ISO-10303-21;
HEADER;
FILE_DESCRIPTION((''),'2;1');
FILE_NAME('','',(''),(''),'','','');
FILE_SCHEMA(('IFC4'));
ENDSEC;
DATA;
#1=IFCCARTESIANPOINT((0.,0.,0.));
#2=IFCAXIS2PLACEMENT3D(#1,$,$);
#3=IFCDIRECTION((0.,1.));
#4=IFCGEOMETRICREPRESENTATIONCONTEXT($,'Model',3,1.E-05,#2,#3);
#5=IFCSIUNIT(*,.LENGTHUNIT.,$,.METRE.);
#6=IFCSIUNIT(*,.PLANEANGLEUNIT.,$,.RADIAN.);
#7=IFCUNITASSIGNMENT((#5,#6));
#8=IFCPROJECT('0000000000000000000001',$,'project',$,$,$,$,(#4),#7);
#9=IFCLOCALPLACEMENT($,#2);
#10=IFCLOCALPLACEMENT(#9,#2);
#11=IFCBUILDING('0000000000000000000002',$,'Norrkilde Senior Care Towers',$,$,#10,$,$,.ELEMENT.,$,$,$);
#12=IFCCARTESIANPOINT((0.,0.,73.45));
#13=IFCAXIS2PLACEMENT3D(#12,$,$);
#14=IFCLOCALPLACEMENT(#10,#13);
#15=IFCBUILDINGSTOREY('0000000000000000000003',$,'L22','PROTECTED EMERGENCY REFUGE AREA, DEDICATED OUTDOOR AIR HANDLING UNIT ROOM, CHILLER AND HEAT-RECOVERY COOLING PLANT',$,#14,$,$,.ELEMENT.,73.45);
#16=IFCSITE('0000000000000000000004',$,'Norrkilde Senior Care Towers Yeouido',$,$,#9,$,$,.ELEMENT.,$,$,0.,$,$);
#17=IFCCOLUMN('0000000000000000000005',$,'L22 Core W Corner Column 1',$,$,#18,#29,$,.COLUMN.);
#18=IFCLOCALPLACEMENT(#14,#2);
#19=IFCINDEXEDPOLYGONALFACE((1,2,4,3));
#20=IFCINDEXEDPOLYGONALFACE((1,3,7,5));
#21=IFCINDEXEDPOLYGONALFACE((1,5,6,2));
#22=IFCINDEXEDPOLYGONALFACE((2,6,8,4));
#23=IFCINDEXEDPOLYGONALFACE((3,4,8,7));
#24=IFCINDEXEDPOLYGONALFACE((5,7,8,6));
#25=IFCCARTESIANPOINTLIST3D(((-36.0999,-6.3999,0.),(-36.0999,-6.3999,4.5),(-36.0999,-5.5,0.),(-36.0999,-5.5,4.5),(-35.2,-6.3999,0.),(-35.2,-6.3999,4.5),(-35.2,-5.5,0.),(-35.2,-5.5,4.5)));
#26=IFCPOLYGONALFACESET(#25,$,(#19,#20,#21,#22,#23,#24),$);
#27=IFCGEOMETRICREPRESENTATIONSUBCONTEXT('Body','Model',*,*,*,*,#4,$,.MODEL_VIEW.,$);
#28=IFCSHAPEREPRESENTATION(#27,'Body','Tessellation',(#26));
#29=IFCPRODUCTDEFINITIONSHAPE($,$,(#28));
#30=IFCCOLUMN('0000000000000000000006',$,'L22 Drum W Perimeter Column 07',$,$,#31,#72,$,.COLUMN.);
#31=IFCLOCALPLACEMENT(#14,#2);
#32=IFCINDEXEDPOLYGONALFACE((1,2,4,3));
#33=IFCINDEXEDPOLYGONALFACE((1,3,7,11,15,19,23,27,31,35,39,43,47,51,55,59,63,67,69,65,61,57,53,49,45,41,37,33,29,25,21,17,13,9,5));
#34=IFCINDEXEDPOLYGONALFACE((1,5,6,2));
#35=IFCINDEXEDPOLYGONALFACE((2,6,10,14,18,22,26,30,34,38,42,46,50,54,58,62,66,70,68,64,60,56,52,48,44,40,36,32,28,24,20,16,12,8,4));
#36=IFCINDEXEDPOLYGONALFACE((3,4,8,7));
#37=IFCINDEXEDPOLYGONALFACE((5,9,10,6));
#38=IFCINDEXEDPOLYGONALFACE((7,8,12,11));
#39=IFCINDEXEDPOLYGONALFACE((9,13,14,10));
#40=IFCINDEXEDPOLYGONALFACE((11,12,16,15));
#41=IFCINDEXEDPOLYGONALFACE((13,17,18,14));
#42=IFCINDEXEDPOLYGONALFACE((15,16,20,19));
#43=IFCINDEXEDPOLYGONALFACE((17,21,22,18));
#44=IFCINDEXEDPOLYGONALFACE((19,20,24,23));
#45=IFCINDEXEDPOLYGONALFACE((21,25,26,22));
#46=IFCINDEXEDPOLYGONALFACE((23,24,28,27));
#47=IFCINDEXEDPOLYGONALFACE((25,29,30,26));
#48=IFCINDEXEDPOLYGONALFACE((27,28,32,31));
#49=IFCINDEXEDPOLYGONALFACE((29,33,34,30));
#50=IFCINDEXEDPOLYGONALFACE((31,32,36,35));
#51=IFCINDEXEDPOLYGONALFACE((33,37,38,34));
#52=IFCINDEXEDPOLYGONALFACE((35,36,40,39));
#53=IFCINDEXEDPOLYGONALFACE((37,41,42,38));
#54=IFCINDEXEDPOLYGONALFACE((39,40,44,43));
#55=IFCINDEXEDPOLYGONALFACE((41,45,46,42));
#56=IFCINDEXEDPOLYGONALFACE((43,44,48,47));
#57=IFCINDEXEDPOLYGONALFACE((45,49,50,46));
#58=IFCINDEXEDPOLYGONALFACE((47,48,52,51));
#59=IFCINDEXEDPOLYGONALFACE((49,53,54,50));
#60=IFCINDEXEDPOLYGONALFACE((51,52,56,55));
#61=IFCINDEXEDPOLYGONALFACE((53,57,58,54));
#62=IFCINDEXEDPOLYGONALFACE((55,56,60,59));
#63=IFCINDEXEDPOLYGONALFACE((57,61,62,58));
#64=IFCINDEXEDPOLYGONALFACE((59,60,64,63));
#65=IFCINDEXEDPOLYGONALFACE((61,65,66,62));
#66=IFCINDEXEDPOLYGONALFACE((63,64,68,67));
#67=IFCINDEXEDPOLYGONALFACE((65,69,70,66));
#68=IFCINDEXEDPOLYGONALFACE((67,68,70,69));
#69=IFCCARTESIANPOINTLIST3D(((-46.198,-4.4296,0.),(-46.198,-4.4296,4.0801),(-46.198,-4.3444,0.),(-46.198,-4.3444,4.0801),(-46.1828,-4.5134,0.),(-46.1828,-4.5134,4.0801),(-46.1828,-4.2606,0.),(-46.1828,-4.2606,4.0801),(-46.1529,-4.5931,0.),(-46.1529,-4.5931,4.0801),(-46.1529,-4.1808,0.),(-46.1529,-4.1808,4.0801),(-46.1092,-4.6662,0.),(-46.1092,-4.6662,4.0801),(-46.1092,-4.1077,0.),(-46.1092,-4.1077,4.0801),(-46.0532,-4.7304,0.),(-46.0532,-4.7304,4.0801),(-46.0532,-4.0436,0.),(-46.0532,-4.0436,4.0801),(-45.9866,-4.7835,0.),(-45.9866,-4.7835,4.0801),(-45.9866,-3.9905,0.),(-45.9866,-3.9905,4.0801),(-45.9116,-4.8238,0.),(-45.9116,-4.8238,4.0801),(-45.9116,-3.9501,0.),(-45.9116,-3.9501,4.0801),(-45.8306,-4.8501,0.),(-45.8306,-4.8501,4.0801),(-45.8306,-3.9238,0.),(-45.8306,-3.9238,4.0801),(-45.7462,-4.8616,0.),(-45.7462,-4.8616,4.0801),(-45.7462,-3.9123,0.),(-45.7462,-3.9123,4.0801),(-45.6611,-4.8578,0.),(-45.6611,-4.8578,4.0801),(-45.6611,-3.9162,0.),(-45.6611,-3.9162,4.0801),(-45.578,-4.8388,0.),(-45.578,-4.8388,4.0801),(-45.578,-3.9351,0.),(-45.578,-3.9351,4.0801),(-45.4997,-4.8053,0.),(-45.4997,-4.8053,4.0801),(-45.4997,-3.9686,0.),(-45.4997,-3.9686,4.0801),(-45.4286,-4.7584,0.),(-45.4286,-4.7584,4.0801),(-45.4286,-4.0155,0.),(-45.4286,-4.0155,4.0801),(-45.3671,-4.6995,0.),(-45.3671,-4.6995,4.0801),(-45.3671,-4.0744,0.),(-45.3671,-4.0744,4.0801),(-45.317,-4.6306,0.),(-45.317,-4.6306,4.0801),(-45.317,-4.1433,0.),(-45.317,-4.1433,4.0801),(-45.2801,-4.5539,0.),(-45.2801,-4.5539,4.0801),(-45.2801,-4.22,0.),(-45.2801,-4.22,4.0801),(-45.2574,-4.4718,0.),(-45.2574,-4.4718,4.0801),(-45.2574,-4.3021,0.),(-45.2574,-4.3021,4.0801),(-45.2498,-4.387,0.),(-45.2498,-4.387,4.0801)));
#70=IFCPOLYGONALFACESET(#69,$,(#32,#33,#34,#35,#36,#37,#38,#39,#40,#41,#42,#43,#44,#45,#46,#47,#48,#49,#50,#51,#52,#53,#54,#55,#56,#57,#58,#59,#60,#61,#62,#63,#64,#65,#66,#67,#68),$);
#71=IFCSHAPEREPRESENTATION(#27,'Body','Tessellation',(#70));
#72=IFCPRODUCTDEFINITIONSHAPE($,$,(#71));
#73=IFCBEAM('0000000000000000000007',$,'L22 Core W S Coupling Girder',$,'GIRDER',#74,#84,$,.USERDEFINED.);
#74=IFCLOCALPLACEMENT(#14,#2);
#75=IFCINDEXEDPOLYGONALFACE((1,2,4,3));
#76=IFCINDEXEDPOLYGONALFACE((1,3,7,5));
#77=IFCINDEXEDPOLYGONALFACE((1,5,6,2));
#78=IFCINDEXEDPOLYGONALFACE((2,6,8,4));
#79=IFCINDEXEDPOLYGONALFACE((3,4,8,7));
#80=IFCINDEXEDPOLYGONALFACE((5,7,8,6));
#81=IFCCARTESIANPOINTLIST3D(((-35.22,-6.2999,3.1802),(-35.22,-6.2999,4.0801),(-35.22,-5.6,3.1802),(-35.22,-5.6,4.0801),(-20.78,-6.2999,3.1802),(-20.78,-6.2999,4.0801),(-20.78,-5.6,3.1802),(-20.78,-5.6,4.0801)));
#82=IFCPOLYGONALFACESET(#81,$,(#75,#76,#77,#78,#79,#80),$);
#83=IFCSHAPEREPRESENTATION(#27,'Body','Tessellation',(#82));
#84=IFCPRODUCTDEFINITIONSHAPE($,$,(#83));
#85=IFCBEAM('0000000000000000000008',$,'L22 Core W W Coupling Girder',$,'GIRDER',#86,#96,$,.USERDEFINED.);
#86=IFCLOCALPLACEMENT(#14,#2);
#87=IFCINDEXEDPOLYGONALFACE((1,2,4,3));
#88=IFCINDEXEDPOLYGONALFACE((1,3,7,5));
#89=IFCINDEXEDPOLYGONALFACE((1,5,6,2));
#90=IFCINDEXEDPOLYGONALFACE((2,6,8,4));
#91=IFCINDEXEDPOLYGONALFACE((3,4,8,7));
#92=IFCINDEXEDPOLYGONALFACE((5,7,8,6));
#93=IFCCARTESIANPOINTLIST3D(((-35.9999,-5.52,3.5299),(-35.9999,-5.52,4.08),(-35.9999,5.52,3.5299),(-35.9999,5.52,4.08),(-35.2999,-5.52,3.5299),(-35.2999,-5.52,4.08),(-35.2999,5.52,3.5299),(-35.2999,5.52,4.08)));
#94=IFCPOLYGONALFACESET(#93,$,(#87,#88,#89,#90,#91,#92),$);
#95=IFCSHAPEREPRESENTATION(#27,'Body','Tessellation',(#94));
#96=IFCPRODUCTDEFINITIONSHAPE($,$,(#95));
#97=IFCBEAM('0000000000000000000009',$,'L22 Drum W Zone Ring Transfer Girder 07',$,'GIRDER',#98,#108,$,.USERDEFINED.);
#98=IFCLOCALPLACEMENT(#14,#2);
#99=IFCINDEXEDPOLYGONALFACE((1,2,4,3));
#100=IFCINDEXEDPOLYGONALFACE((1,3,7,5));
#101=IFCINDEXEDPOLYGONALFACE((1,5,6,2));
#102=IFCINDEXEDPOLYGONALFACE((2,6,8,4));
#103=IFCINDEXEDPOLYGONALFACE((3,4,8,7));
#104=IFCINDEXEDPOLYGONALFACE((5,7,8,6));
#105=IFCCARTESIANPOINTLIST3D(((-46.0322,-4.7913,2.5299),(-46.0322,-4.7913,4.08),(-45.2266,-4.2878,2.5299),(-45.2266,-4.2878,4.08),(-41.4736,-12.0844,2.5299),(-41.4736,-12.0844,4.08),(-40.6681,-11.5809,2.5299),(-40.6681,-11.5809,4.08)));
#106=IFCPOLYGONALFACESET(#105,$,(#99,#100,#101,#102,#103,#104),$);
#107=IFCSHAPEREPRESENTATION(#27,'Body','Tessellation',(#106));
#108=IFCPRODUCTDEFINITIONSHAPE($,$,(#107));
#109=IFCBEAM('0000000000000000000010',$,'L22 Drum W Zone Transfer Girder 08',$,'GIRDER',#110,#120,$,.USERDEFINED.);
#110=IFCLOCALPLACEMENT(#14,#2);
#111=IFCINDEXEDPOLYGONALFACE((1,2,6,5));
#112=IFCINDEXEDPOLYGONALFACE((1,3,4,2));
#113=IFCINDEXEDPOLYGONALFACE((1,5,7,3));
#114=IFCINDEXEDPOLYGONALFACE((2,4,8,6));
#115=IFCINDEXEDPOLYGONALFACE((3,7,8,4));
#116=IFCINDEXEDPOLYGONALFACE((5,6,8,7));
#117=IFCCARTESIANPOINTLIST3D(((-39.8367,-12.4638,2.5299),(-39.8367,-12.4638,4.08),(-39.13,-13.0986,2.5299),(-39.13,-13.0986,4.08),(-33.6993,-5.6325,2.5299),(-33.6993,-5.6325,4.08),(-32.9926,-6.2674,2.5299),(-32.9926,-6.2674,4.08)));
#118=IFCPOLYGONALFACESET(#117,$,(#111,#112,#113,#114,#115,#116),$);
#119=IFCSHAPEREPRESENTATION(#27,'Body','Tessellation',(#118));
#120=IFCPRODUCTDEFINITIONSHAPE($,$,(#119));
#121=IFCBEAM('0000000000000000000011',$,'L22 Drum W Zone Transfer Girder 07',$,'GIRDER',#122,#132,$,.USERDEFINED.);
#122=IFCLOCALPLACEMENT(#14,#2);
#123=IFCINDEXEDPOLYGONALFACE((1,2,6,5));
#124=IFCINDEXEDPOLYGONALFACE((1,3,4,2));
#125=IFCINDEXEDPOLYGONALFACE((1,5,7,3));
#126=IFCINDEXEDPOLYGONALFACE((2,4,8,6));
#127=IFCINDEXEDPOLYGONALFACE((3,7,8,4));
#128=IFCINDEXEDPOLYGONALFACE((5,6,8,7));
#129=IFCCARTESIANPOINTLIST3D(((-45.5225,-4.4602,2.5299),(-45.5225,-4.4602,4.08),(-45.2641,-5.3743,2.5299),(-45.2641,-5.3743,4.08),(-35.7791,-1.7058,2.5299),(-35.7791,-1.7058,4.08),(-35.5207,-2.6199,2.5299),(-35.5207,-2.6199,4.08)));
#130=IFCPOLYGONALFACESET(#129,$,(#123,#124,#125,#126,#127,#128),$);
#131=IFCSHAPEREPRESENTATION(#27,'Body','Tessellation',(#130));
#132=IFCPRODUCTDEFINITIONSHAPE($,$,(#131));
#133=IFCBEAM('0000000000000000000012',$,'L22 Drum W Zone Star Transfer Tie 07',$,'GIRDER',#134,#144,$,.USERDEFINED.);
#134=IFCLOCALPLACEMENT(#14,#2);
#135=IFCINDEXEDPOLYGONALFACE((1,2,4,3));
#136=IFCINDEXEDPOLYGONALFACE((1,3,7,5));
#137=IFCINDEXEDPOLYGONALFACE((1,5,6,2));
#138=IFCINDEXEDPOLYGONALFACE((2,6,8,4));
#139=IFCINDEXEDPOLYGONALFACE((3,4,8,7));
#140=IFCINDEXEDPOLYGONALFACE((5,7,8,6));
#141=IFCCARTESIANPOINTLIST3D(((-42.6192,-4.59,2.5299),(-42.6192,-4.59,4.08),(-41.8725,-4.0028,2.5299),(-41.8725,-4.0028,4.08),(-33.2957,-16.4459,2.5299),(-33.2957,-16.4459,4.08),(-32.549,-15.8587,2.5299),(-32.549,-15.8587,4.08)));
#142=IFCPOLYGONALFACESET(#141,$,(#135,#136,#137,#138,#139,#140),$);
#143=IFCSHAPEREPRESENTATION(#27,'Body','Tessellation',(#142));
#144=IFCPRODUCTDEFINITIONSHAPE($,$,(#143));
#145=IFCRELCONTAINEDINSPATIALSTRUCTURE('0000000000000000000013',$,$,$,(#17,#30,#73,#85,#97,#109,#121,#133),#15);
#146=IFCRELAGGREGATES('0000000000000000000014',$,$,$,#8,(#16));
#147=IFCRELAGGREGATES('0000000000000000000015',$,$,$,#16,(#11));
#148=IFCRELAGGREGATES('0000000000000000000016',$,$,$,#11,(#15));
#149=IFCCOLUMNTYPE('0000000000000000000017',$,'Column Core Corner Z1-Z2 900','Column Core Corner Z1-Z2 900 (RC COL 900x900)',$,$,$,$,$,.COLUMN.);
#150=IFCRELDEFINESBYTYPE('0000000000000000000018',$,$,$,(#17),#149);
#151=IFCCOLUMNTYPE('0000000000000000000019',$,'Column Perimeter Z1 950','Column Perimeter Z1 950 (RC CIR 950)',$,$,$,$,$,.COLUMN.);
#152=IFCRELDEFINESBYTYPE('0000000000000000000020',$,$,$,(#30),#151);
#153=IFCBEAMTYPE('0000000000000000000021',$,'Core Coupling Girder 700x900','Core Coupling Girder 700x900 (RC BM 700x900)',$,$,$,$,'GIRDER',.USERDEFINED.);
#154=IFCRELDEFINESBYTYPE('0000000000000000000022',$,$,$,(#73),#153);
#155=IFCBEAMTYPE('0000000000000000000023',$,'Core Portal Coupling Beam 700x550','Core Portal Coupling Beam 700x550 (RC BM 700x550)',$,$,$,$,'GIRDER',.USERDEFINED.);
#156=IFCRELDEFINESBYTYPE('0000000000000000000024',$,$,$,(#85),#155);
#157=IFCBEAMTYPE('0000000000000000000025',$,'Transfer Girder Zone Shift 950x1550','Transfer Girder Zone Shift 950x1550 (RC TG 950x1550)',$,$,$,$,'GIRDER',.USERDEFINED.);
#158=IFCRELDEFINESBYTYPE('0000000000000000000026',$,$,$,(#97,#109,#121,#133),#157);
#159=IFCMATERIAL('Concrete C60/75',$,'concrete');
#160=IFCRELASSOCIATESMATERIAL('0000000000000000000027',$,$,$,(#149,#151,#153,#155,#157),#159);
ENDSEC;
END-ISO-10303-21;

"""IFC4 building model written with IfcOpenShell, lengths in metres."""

from ifc_helpers import new_model, si_unit, direction, frame, origin, origin_2d, place, context, subcontext, project, spatial, rectangle, circle, extrude, source, transform, mapped, material, material_profile, profile_set, type_object, type_shapes, element, save


model = new_model("IFC4")

# Units and contexts
model_context = context("Model", 3, precision=1e-05, world=origin(), true_north=direction((0.0, 1.0)))
body_context = subcontext(model_context, "Body", "Model", "MODEL_VIEW")
ifc_project = project(units=[si_unit("LENGTHUNIT", "METRE"), si_unit("PLANEANGLEUNIT", "RADIAN")], contexts=[model_context])

# Site, building, storey
site_placement = place(None, origin())
site = spatial("IfcSite", under=ifc_project, at=site_placement, Name="Norrkilde Senior Care Towers Yeouido", CompositionType="ELEMENT", RefElevation=0.0)
building_placement = place(site_placement, origin())
building = spatial("IfcBuilding", under=site, at=building_placement, Name="Norrkilde Senior Care Towers", CompositionType="ELEMENT")
storey_placement = place(building_placement, frame((0.0, 0.0, 73.45)))
storey = spatial("IfcBuildingStorey", under=building, at=storey_placement, Name="L22", Description="PROTECTED EMERGENCY REFUGE AREA, DEDICATED OUTDOOR AIR HANDLING UNIT ROOM, CHILLER AND HEAT-RECOVERY COOLING PLANT", CompositionType="ELEMENT", Elevation=73.45)

# Columns
ifc_material_1 = material(Name="Concrete C60/75", Category="concrete")
ifc_material_profile_1 = material_profile(ifc_material_1, rectangle(XDim=0.8999, YDim=0.8999, at=origin_2d()), Name="RC COL 900x900")
ifc_profile_set_1 = profile_set([ifc_material_profile_1], Name="Concrete C60/75")
column_type_1 = type_object("IfcColumnType", Name="Column Core Corner Z1-Z2 900", Description="Column Core Corner Z1-Z2 900 (RC COL 900x900)", PredefinedType="COLUMN", material=ifc_profile_set_1)
shared_shape_1 = source(origin(), body_context, "Body", "SweptSolid", [
    extrude(rectangle(XDim=0.8999, YDim=0.8999, at=origin_2d()), origin(), (0.0, 0.0, 1.0), 4.5),
])
type_shapes(column_type_1, [shared_shape_1])
column_1_placement = place(storey_placement, frame((-35.6499, -5.95, 0.0), z_axis=(0.0, 0.0, 1.0), x_axis=(1.0, 0.0, 0.0)))
element("IfcColumn", 1, at=column_1_placement, inside=storey, type_object=column_type_1, Name="L22 Core W Corner Column 1", PredefinedType="COLUMN", context=body_context, shape_type="MappedRepresentation", body=[
    mapped(shared_shape_1, transform((0.0, 0.0, 0.0), x_axis=(1.0, 0.0, 0.0), y_axis=(0.0, 1.0, 0.0), z_axis=(0.0, 0.0, 1.0), scale=1.0)),
])
ifc_material_profile_2 = material_profile(ifc_material_1, circle(Radius=0.4751, at=origin_2d()), Name="RC CIR 950")
ifc_profile_set_2 = profile_set([ifc_material_profile_2], Name="Concrete C60/75")
column_type_2 = type_object("IfcColumnType", Name="Column Perimeter Z1 950", Description="Column Perimeter Z1 950 (RC CIR 950)", PredefinedType="COLUMN", material=ifc_profile_set_2)
shared_shape_2 = source(origin(), body_context, "Body", "SweptSolid", [
    extrude(circle(Radius=0.4751, at=origin_2d()), origin(), (0.0, 0.0, 1.0), 4.0801),
])
type_shapes(column_type_2, [shared_shape_2])
column_2_placement = place(storey_placement, frame((-45.7249, -4.387, 0.0), z_axis=(0.0, 0.0, 1.0), x_axis=(1.0, 0.0, 0.0)))
element("IfcColumn", 2, at=column_2_placement, inside=storey, type_object=column_type_2, Name="L22 Drum W Perimeter Column 07", PredefinedType="COLUMN", context=body_context, shape_type="MappedRepresentation", body=[
    mapped(shared_shape_2, transform((0.0, 0.0, 0.0), x_axis=(1.0, 0.0, 0.0), y_axis=(0.0, 1.0, 0.0), z_axis=(0.0, 0.0, 1.0), scale=1.0)),
])

# Beams
ifc_material_profile_3 = material_profile(ifc_material_1, rectangle(XDim=0.7, YDim=0.8999, at=origin_2d()), Name="RC BM 700x900")
ifc_profile_set_3 = profile_set([ifc_material_profile_3], Name="Concrete C60/75")
beam_type_1 = type_object("IfcBeamType", Name="Core Coupling Girder 700x900", Description="Core Coupling Girder 700x900 (RC BM 700x900)", ElementType="GIRDER", PredefinedType="USERDEFINED", material=ifc_profile_set_3)
shared_shape_3 = source(origin(), body_context, "Body", "SweptSolid", [
    extrude(rectangle(XDim=0.7, YDim=0.8999, at=origin_2d()), origin(), (0.0, 0.0, 1.0), 14.4399),
])
type_shapes(beam_type_1, [shared_shape_3])
beam_1_placement = place(storey_placement, frame((-35.22, -5.95, 3.6301), z_axis=(1.0, 0.0, 0.0), x_axis=(0.0, 1.0, 0.0)))
element("IfcBeam", 3, at=beam_1_placement, inside=storey, type_object=beam_type_1, Name="L22 Core W S Coupling Girder", ObjectType="GIRDER", PredefinedType="USERDEFINED", context=body_context, shape_type="MappedRepresentation", body=[
    mapped(shared_shape_3, transform((0.0, 0.0, 0.0), x_axis=(1.0, 0.0, 0.0), y_axis=(0.0, 1.0, 0.0), z_axis=(0.0, 0.0, 1.0), scale=1.0)),
])
ifc_material_profile_4 = material_profile(ifc_material_1, rectangle(XDim=0.7, YDim=0.55, at=origin_2d()), Name="RC BM 700x550")
ifc_profile_set_4 = profile_set([ifc_material_profile_4], Name="Concrete C60/75")
beam_type_2 = type_object("IfcBeamType", Name="Core Portal Coupling Beam 700x550", Description="Core Portal Coupling Beam 700x550 (RC BM 700x550)", ElementType="GIRDER", PredefinedType="USERDEFINED", material=ifc_profile_set_4)
shared_shape_4 = source(origin(), body_context, "Body", "SweptSolid", [
    extrude(rectangle(XDim=0.7, YDim=0.55, at=origin_2d()), origin(), (0.0, 0.0, 1.0), 11.04),
])
type_shapes(beam_type_2, [shared_shape_4])
beam_2_placement = place(storey_placement, frame((-35.6499, -5.52, 3.8049), z_axis=(0.0, 1.0, 0.0), x_axis=(-1.0, 0.0, 0.0)))
element("IfcBeam", 4, at=beam_2_placement, inside=storey, type_object=beam_type_2, Name="L22 Core W W Coupling Girder", ObjectType="GIRDER", PredefinedType="USERDEFINED", context=body_context, shape_type="MappedRepresentation", body=[
    mapped(shared_shape_4, transform((0.0, 0.0, 0.0), x_axis=(1.0, 0.0, 0.0), y_axis=(0.0, 1.0, 0.0), z_axis=(0.0, 0.0, 1.0), scale=1.0)),
])
ifc_material_profile_5 = material_profile(ifc_material_1, rectangle(XDim=0.95, YDim=1.55, at=origin_2d()), Name="RC TG 950x1550")
ifc_profile_set_5 = profile_set([ifc_material_profile_5], Name="Concrete C60/75")
beam_type_3 = type_object("IfcBeamType", Name="Transfer Girder Zone Shift 950x1550", Description="Transfer Girder Zone Shift 950x1550 (RC TG 950x1550)", ElementType="GIRDER", PredefinedType="USERDEFINED", material=ifc_profile_set_5)
shared_shape_5 = source(origin(), body_context, "Body", "SweptSolid", [
    extrude(rectangle(XDim=0.95, YDim=1.55, at=origin_2d()), origin(), (0.0, 0.0, 1.0), 8.6006),
])
beam_3_placement = place(storey_placement, frame((-45.6294, -4.5396, 3.3049), z_axis=(0.530027, -0.847981, 0.0), x_axis=(0.847981, 0.530027, 0.0)))
element("IfcBeam", 5, at=beam_3_placement, inside=storey, type_object=beam_type_3, Name="L22 Drum W Zone Ring Transfer Girder 07", ObjectType="GIRDER", PredefinedType="USERDEFINED", context=body_context, shape_type="MappedRepresentation", body=[
    mapped(shared_shape_5, transform((0.0, 0.0, 0.0), x_axis=(1.0, 0.0, 0.0), y_axis=(0.0, 1.0, 0.0), z_axis=(0.0, 0.0, 1.0), scale=1.0)),
])
shared_shape_6 = source(origin(), body_context, "Body", "SweptSolid", [
    extrude(rectangle(XDim=0.95, YDim=1.55, at=origin_2d()), origin(), (0.0, 0.0, 1.0), 9.1833),
])
beam_4_placement = place(storey_placement, frame((-33.3459, -5.95, 3.3049), z_axis=(-0.66832, -0.743874, 0.0), x_axis=(0.743874, -0.66832, 0.0)))
element("IfcBeam", 6, at=beam_4_placement, inside=storey, type_object=beam_type_3, Name="L22 Drum W Zone Transfer Girder 08", ObjectType="GIRDER", PredefinedType="USERDEFINED", context=body_context, shape_type="MappedRepresentation", body=[
    mapped(shared_shape_6, transform((0.0, 0.0, 0.0), x_axis=(1.0, 0.0, 0.0), y_axis=(0.0, 1.0, 0.0), z_axis=(0.0, 0.0, 1.0), scale=1.0)),
])
shared_shape_7 = source(origin(), body_context, "Body", "SweptSolid", [
    extrude(rectangle(XDim=0.95, YDim=1.55, at=origin_2d()), origin(), (0.0, 0.0, 1.0), 10.1252),
])
beam_5_placement = place(storey_placement, frame((-35.6499, -2.1628, 3.3049), z_axis=(-0.962288, -0.272032, 0.0), x_axis=(0.272032, -0.962288, 0.0)))
element("IfcBeam", 7, at=beam_5_placement, inside=storey, type_object=beam_type_3, Name="L22 Drum W Zone Transfer Girder 07", ObjectType="GIRDER", PredefinedType="USERDEFINED", context=body_context, shape_type="MappedRepresentation", body=[
    mapped(shared_shape_7, transform((0.0, 0.0, 0.0), x_axis=(1.0, 0.0, 0.0), y_axis=(0.0, 1.0, 0.0), z_axis=(0.0, 0.0, 1.0), scale=1.0)),
])
shared_shape_8 = source(origin(), body_context, "Body", "SweptSolid", [
    extrude(rectangle(XDim=0.95, YDim=1.55, at=origin_2d()), origin(), (0.0, 0.0, 1.0), 15.0828),
])
type_shapes(beam_type_3, [shared_shape_5, shared_shape_6, shared_shape_7, shared_shape_8])
beam_6_placement = place(storey_placement, frame((-42.2458, -4.2964, 3.3049), z_axis=(0.618153, -0.786058, 0.0), x_axis=(0.786058, 0.618153, 0.0)))
element("IfcBeam", 8, at=beam_6_placement, inside=storey, type_object=beam_type_3, Name="L22 Drum W Zone Star Transfer Tie 07", ObjectType="GIRDER", PredefinedType="USERDEFINED", context=body_context, shape_type="MappedRepresentation", body=[
    mapped(shared_shape_8, transform((0.0, 0.0, 0.0), x_axis=(1.0, 0.0, 0.0), y_axis=(0.0, 1.0, 0.0), z_axis=(0.0, 0.0, 1.0), scale=1.0)),
])

save(model, "model.ifc")
